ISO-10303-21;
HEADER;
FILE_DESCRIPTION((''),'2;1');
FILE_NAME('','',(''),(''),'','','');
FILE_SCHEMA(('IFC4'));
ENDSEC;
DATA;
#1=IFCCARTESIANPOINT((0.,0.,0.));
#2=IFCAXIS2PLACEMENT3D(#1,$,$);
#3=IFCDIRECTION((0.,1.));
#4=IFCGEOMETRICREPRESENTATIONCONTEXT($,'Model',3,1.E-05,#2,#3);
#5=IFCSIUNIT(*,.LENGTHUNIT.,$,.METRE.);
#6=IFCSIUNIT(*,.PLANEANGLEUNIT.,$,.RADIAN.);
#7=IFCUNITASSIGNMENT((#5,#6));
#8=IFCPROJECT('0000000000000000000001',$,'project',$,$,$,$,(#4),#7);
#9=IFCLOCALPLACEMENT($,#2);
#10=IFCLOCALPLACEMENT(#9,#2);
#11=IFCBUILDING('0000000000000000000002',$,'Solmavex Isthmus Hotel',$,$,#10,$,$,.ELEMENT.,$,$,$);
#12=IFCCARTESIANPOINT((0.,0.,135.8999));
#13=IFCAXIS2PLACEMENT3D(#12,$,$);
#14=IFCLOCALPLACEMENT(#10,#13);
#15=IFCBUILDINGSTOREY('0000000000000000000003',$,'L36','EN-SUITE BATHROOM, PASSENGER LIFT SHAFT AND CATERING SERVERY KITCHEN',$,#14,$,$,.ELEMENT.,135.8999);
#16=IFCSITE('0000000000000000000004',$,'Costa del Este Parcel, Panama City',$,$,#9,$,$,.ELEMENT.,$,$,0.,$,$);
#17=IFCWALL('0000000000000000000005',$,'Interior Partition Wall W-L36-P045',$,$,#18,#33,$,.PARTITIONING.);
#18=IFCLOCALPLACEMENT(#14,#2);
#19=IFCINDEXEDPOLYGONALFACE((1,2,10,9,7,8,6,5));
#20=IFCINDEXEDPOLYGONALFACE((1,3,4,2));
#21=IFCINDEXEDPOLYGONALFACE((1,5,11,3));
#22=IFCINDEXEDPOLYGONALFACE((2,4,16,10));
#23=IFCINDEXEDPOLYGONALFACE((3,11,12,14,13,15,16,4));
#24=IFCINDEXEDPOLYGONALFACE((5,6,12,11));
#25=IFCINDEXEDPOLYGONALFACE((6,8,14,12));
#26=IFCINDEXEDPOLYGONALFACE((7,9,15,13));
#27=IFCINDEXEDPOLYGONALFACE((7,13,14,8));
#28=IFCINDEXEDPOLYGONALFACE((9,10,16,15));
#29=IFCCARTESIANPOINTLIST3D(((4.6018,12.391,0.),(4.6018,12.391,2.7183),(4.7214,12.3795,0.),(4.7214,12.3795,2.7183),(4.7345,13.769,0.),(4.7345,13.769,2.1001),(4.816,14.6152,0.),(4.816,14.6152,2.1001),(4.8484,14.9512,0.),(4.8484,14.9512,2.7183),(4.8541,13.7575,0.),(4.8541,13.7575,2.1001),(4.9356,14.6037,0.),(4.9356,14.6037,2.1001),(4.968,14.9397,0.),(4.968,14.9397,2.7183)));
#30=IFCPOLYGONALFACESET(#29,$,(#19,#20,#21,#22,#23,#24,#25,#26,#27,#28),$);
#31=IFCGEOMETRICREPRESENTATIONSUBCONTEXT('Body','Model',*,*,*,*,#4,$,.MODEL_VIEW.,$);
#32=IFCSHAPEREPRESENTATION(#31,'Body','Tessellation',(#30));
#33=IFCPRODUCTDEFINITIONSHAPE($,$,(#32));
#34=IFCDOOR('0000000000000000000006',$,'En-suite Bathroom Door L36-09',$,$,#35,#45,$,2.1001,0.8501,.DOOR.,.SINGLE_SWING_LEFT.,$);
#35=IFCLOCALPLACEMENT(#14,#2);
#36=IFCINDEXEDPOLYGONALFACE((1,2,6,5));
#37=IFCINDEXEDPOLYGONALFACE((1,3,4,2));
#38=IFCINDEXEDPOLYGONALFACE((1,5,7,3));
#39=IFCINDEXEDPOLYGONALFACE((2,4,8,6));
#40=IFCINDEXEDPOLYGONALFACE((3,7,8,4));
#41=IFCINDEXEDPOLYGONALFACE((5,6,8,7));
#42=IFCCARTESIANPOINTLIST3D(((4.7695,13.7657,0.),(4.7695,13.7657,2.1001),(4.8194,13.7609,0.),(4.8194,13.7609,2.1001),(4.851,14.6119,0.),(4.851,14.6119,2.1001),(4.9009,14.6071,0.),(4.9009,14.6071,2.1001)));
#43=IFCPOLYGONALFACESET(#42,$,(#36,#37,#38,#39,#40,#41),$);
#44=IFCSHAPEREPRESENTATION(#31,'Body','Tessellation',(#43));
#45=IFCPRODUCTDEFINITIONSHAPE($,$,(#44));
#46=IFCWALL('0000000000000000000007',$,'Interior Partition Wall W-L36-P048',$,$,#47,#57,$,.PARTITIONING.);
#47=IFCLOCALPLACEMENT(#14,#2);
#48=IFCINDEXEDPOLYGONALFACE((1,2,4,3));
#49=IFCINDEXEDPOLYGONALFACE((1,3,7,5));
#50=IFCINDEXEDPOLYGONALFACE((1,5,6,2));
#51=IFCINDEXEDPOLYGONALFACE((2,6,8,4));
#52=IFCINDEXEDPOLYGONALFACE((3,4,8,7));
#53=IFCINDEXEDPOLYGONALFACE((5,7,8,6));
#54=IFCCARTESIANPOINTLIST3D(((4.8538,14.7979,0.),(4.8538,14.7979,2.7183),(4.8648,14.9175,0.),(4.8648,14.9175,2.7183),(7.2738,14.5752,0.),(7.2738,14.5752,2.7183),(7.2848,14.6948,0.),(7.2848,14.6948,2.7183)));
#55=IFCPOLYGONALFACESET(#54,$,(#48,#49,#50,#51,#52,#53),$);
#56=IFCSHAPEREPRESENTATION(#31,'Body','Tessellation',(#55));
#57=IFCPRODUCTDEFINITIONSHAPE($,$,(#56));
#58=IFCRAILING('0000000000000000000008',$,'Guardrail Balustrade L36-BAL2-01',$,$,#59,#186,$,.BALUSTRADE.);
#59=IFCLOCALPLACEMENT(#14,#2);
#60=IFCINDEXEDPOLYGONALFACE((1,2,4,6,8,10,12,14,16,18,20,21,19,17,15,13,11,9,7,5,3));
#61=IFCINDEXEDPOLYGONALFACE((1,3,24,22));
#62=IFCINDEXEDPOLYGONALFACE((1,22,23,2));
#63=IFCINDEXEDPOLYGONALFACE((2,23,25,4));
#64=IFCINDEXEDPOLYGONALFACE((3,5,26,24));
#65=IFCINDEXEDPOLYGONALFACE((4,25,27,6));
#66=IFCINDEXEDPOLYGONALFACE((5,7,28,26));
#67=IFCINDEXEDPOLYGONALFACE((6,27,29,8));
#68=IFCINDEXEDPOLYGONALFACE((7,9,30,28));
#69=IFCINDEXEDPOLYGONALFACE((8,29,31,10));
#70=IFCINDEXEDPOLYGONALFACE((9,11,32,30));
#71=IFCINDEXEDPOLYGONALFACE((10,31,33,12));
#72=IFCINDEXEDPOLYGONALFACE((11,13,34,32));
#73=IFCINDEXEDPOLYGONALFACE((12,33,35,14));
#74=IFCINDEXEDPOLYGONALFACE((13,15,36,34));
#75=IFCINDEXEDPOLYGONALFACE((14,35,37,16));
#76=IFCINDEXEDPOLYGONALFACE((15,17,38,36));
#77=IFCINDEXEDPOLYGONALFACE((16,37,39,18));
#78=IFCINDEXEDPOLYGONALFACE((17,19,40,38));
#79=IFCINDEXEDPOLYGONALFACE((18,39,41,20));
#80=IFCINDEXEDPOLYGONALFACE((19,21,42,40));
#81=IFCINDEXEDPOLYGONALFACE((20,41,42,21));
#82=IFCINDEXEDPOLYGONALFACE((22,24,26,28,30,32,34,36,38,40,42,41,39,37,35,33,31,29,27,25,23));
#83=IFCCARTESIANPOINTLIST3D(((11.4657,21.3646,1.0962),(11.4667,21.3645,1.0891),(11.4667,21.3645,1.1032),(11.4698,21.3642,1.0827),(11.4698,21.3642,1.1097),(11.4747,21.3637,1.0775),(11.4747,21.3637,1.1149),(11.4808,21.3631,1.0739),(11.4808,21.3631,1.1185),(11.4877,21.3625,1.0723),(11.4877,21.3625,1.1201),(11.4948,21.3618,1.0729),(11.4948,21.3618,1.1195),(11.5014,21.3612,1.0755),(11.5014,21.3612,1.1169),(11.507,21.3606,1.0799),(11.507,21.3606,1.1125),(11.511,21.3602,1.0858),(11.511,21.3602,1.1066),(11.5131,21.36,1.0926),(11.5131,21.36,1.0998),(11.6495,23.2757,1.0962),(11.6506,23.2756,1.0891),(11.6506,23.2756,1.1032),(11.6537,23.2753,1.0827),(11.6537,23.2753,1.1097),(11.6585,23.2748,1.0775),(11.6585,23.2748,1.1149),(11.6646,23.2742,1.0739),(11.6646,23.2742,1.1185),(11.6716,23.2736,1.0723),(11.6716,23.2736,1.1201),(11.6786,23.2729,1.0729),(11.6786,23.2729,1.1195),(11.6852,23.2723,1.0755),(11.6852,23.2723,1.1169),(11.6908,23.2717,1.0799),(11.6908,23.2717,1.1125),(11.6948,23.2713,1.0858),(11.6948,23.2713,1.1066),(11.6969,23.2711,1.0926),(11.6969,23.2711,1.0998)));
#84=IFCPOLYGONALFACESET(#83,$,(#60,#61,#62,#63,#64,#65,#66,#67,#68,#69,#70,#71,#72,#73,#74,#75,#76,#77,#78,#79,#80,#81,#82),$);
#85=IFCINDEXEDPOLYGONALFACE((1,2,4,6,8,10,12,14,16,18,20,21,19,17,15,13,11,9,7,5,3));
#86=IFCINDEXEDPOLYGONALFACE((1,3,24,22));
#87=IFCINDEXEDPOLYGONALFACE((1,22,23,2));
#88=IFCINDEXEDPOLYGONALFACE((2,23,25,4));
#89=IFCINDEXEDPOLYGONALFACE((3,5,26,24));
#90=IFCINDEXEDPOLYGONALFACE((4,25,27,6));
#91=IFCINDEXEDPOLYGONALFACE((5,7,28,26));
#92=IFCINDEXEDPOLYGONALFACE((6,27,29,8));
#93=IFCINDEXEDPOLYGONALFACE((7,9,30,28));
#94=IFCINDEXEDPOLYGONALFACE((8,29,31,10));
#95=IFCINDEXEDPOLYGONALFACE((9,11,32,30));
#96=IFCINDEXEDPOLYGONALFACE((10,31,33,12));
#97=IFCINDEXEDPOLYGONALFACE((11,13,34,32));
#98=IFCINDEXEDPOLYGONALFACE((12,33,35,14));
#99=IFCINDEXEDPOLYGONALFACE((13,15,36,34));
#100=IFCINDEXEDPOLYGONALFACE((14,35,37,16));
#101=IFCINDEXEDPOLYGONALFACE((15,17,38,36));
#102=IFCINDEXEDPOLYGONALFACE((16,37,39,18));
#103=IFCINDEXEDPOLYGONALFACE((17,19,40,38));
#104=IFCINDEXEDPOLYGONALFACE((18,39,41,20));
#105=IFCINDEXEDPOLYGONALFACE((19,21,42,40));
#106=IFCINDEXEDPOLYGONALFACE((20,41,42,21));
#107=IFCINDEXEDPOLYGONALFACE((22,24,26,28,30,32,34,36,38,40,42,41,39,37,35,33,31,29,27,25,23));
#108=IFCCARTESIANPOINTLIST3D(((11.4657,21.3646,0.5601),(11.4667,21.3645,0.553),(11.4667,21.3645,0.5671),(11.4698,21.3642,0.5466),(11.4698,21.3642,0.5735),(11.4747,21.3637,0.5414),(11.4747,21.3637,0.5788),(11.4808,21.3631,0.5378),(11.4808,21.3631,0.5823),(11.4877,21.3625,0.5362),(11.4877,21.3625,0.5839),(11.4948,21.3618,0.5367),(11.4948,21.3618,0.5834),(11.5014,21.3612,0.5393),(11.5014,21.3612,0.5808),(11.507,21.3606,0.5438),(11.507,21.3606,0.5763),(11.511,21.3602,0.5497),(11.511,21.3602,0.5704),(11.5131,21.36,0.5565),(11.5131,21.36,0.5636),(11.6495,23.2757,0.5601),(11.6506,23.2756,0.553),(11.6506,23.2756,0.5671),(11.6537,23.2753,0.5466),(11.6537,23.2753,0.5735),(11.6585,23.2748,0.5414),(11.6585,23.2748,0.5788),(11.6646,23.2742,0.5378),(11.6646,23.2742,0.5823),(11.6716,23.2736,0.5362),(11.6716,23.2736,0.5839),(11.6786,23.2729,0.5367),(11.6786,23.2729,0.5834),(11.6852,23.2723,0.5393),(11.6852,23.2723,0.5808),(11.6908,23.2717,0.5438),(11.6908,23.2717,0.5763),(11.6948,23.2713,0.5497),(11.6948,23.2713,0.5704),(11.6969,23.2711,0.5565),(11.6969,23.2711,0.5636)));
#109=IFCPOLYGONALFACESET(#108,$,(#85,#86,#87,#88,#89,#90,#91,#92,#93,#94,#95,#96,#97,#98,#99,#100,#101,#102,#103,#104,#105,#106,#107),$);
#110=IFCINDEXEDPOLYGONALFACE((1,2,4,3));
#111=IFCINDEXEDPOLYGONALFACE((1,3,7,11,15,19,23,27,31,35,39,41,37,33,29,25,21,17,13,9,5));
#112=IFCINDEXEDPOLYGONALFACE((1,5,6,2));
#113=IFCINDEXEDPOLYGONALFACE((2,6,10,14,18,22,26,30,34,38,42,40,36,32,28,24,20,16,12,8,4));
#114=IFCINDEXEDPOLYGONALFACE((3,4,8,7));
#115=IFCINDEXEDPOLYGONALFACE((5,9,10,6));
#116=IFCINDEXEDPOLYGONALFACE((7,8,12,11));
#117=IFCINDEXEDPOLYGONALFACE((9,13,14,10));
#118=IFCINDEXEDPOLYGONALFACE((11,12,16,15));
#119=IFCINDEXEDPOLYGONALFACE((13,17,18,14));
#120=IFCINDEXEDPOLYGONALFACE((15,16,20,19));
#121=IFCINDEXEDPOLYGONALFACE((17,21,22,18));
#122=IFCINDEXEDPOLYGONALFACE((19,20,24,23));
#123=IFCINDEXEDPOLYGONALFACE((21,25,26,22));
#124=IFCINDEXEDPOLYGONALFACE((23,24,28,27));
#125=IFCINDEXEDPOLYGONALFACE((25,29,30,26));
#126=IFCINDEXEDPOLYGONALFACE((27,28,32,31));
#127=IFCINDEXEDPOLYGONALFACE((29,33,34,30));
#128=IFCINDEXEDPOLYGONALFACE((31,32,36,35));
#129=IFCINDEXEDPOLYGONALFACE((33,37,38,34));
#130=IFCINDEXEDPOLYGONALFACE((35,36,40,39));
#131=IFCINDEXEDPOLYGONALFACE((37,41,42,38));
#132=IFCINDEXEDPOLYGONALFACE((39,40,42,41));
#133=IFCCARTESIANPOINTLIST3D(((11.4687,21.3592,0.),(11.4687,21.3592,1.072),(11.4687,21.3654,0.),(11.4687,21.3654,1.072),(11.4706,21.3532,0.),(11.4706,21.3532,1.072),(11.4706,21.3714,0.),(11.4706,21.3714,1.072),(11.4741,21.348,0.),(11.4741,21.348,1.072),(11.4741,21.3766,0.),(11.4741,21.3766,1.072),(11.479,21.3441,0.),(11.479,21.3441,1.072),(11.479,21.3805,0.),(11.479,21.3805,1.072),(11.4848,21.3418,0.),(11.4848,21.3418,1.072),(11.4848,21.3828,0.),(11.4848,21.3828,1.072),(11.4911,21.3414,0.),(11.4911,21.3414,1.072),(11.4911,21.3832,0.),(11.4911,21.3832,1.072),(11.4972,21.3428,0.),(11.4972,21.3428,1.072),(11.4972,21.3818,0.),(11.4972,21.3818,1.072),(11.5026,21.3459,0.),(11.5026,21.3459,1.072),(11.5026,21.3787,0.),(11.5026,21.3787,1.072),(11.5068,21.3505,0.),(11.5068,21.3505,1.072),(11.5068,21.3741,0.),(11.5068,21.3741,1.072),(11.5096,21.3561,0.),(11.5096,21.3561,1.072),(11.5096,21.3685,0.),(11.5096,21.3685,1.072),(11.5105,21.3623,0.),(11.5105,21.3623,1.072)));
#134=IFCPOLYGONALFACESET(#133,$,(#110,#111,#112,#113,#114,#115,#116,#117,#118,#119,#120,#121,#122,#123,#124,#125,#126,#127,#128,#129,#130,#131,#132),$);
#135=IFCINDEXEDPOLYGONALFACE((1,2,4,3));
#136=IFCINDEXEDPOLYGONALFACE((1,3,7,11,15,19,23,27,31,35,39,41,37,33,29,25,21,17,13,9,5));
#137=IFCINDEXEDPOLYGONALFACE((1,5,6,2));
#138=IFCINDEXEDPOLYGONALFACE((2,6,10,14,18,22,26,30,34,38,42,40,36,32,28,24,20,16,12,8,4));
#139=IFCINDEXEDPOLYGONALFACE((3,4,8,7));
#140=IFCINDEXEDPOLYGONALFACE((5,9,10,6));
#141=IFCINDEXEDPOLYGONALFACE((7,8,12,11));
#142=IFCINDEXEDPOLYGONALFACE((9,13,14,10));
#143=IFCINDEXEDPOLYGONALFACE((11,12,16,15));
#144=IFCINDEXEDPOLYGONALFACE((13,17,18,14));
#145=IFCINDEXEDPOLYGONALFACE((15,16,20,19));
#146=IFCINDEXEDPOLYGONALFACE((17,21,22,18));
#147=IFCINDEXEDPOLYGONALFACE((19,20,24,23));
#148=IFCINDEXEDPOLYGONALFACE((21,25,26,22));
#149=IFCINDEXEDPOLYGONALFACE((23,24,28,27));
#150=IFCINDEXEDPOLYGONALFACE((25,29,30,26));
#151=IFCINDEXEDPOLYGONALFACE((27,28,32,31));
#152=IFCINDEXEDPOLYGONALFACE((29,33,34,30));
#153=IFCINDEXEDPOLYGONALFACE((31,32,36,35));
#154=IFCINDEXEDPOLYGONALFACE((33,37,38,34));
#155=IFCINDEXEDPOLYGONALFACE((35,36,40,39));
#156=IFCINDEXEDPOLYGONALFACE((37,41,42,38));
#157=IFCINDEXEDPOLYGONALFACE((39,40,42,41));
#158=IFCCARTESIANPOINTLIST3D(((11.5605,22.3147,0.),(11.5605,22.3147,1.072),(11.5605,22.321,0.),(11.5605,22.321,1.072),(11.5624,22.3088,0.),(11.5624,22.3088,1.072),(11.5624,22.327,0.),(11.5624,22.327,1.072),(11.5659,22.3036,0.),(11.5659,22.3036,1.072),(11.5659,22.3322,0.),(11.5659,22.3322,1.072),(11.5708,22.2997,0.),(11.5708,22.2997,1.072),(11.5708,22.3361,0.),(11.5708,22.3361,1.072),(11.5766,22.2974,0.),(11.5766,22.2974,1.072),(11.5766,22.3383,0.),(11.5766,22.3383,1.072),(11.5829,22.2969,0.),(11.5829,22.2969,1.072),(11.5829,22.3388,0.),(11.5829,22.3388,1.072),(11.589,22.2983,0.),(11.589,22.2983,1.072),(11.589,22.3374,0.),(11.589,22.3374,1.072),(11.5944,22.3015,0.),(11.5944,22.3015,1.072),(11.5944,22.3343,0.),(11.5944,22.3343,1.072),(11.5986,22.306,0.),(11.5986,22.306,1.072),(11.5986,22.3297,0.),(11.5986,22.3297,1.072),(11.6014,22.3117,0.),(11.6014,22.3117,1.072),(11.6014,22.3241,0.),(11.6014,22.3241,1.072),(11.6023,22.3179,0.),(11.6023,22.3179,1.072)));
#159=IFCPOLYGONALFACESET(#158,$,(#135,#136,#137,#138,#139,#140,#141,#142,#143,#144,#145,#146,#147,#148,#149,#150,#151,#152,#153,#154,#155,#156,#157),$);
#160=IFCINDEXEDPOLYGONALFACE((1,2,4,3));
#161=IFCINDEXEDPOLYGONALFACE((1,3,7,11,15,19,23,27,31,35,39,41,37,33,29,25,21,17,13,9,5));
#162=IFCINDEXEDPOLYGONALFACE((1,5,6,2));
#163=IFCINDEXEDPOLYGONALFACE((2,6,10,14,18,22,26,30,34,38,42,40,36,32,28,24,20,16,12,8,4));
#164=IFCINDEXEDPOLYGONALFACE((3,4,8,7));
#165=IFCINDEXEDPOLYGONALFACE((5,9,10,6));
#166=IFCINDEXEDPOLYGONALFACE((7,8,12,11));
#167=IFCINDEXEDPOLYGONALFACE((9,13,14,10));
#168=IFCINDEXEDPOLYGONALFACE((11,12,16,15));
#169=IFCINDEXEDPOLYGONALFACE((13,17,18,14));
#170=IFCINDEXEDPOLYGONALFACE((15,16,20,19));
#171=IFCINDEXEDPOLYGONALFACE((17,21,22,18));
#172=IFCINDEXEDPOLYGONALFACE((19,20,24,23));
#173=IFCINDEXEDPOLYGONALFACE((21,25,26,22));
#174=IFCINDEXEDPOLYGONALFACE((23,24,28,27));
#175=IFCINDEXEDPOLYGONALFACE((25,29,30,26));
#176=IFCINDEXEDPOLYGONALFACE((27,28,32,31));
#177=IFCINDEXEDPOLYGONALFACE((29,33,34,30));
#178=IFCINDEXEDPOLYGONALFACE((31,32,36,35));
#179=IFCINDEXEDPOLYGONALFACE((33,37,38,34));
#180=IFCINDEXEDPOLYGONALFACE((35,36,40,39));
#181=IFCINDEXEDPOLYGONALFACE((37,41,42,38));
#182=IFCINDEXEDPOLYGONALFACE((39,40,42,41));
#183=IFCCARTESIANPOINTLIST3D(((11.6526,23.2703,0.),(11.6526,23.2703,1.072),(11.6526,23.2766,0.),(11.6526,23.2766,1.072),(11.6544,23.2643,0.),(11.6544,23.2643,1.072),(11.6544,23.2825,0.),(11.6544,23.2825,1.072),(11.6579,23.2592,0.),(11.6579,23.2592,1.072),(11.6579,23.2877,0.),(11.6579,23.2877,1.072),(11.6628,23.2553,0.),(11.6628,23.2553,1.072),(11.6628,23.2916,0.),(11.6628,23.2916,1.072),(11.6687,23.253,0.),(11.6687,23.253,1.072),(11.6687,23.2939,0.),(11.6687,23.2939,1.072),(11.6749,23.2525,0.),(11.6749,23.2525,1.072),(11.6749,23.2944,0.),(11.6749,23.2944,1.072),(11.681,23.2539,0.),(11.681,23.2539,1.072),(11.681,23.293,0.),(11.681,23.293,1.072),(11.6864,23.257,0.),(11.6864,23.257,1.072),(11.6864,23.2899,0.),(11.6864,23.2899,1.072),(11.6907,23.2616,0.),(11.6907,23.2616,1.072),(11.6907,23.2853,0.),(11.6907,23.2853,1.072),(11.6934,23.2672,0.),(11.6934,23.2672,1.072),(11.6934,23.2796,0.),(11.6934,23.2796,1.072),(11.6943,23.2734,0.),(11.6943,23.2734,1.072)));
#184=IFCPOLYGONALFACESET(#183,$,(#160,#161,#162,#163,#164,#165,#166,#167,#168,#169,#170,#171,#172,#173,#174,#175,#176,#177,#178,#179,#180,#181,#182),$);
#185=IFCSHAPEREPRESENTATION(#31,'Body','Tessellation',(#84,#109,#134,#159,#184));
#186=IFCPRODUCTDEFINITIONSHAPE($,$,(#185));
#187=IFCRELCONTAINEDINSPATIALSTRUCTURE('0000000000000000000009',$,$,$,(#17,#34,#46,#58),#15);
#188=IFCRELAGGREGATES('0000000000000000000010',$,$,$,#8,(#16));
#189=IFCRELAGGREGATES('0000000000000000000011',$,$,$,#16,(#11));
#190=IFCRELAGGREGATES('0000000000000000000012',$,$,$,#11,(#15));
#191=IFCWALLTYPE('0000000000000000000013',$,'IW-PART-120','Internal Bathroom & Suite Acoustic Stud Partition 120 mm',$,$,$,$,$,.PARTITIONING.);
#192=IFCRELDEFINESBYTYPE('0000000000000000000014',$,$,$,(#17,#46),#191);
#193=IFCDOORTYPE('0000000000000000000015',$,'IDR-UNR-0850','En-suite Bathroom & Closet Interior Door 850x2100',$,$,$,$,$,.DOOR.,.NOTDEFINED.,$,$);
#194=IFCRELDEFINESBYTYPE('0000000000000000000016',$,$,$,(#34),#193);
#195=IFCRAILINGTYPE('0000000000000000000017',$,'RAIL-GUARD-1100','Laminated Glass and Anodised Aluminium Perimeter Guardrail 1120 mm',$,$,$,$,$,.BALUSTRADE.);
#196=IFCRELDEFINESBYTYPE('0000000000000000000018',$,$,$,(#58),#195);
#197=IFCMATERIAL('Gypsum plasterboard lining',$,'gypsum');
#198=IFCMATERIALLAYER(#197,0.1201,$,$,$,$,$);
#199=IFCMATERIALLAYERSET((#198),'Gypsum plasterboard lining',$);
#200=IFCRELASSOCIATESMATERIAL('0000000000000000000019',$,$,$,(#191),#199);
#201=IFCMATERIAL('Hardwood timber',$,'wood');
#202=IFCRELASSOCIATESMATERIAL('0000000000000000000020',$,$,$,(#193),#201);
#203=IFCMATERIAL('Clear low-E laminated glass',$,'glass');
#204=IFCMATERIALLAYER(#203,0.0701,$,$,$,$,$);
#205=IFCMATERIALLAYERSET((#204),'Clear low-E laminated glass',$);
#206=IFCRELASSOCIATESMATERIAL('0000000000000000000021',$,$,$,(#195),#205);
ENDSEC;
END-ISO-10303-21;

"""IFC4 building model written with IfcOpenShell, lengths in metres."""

from ifc_helpers import new_model, si_unit, direction, frame, frame_2d, origin, origin_2d, place, context, subcontext, project, spatial, rectangle, circle, extrude, material, layer, layer_set, type_object, element, fill, save


model = new_model("IFC4")

# Units and contexts
model_context = context("Model", 3, precision=1e-05, world=origin(), true_north=direction((0.0, 1.0)))
body_context = subcontext(model_context, "Body", "Model", "MODEL_VIEW")
ifc_project = project(units=[si_unit("LENGTHUNIT", "METRE"), si_unit("PLANEANGLEUNIT", "RADIAN")], contexts=[model_context])

# Site, building, storey
site_placement = place(None, origin())
site = spatial("IfcSite", under=ifc_project, at=site_placement, Name="Costa del Este Parcel, Panama City", CompositionType="ELEMENT", RefElevation=0.0)
building_placement = place(site_placement, origin())
building = spatial("IfcBuilding", under=site, at=building_placement, Name="Solmavex Isthmus Hotel", CompositionType="ELEMENT")
storey_placement = place(building_placement, frame((0.0, 0.0, 135.8999)))
storey = spatial("IfcBuildingStorey", under=building, at=storey_placement, Name="L36", Description="EN-SUITE BATHROOM, PASSENGER LIFT SHAFT AND CATERING SERVERY KITCHEN", CompositionType="ELEMENT", Elevation=135.8999)

# Shared definitions
ifc_material_1 = material(Name="Clear low-E laminated glass", Category="glass")

# Shared definitions
ifc_material_2 = material(Name="Gypsum plasterboard lining", Category="gypsum")

# Wall, opening, door
ifc_layer_1 = layer(ifc_material_2, 0.1201)
ifc_layer_set_1 = layer_set([ifc_layer_1], Name="Gypsum plasterboard lining")
wall_type_1 = type_object("IfcWallType", Name="IW-PART-120", Description="Internal Bathroom & Suite Acoustic Stud Partition 120 mm", PredefinedType="PARTITIONING", material=ifc_layer_set_1)
wall_1_placement = place(storey_placement, frame((4.9082, 14.9456, 0.0), z_axis=(0.0, 0.0, 1.0), x_axis=(-0.095875, -0.995393, 0.0)))
wall_1 = element("IfcWall", 1, at=wall_1_placement, inside=storey, type_object=wall_type_1, Name="Interior Partition Wall W-L36-P045", PredefinedType="PARTITIONING", context=body_context, shape_type="SweptSolid", body=[
    extrude(rectangle(XDim=2.572, YDim=0.1201, at=frame_2d((1.2861, 0.0))), origin(), (0.0, 0.0, 1.0), 2.7183),
])
opening_1_placement = place(wall_1_placement, frame((0.3376, 0.0, 0.0)))
opening_1 = element("IfcOpeningElement", 2, at=opening_1_placement, cuts=wall_1, PredefinedType="OPENING", context=body_context, shape_type="SweptSolid", body=[
    extrude(rectangle(XDim=0.8501, YDim=2.1001, at=frame_2d((0.425, 1.05))), frame((0.0, 0.0701, 0.0), z_axis=(0.0, -1.0, 0.0), x_axis=(1.0, 0.0, 0.0)), (0.0, 0.0, 1.0), 0.1401),
])
ifc_material_3 = material(Name="Hardwood timber", Category="wood")
door_type_1 = type_object("IfcDoorType", Name="IDR-UNR-0850", Description="En-suite Bathroom & Closet Interior Door 850x2100", OperationType="NOTDEFINED", PredefinedType="DOOR", material=ifc_material_3)
door_1_placement = place(opening_1_placement, frame((0.8501, 0.0, 0.0), z_axis=(0.0, 0.0, 1.0), x_axis=(-1.0, 0.0, 0.0)))
door_1 = element("IfcDoor", 3, at=door_1_placement, inside=storey, type_object=door_type_1, Name="En-suite Bathroom Door L36-09", OperationType="SINGLE_SWING_LEFT", OverallHeight=2.1001, OverallWidth=0.8501, PredefinedType="DOOR", context=body_context, shape_type="SweptSolid", body=[
    extrude(rectangle(XDim=0.8501, YDim=2.1001, at=frame_2d((0.425, 1.05))), frame((0.0, 0.0249, 0.0), z_axis=(0.0, -1.0, 0.0), x_axis=(1.0, 0.0, 0.0)), (0.0, 0.0, 1.0), 0.05),
])
fill(opening_1, door_1)

# Wall
wall_2_placement = place(storey_placement, frame((7.2793, 14.635, 0.0), z_axis=(0.0, 0.0, 1.0), x_axis=(-0.995794, 0.091623, 0.0)))
element("IfcWall", 4, at=wall_2_placement, inside=storey, type_object=wall_type_1, Name="Interior Partition Wall W-L36-P048", PredefinedType="PARTITIONING", context=body_context, shape_type="SweptSolid", body=[
    extrude(rectangle(XDim=2.4302, YDim=0.1201, at=frame_2d((1.2151, 0.0))), origin(), (0.0, 0.0, 1.0), 2.7183),
])

# Railing
ifc_layer_2 = layer(ifc_material_1, 0.0701)
ifc_layer_set_2 = layer_set([ifc_layer_2], Name="Clear low-E laminated glass")
railing_type = type_object("IfcRailingType", Name="RAIL-GUARD-1100", Description="Laminated Glass and Anodised Aluminium Perimeter Guardrail 1120 mm", PredefinedType="BALUSTRADE", material=ifc_layer_set_2)
railing_1_placement = place(storey_placement, frame((11.4895, 21.3623, 0.0)))
element("IfcRailing", 5, at=railing_1_placement, inside=storey, type_object=railing_type, Name="Guardrail Balustrade L36-BAL2-01", PredefinedType="BALUSTRADE", context=body_context, shape_type="SweptSolid", body=[
    extrude(circle(Radius=0.0239, at=origin_2d()), frame((0.0, 0.0, 1.0962), z_axis=(0.095751, 0.995405, 0.0), x_axis=(-0.995405, 0.095751, 0.0)), (0.0, 0.0, 1.0), 1.9199),
    extrude(circle(Radius=0.0239, at=origin_2d()), frame((0.0, 0.0, 0.5601), z_axis=(0.095751, 0.995405, 0.0), x_axis=(-0.995405, 0.095751, 0.0)), (0.0, 0.0, 1.0), 1.9199),
    extrude(circle(Radius=0.021, at=origin_2d()), origin(), (0.0, 0.0, 1.0), 1.072),
    extrude(circle(Radius=0.021, at=origin_2d()), frame((0.0918, 0.9556, 0.0)), (0.0, 0.0, 1.0), 1.072),
    extrude(circle(Radius=0.021, at=origin_2d()), frame((0.1838, 1.9111, 0.0)), (0.0, 0.0, 1.0), 1.072),
])

save(model, "model.ifc")
